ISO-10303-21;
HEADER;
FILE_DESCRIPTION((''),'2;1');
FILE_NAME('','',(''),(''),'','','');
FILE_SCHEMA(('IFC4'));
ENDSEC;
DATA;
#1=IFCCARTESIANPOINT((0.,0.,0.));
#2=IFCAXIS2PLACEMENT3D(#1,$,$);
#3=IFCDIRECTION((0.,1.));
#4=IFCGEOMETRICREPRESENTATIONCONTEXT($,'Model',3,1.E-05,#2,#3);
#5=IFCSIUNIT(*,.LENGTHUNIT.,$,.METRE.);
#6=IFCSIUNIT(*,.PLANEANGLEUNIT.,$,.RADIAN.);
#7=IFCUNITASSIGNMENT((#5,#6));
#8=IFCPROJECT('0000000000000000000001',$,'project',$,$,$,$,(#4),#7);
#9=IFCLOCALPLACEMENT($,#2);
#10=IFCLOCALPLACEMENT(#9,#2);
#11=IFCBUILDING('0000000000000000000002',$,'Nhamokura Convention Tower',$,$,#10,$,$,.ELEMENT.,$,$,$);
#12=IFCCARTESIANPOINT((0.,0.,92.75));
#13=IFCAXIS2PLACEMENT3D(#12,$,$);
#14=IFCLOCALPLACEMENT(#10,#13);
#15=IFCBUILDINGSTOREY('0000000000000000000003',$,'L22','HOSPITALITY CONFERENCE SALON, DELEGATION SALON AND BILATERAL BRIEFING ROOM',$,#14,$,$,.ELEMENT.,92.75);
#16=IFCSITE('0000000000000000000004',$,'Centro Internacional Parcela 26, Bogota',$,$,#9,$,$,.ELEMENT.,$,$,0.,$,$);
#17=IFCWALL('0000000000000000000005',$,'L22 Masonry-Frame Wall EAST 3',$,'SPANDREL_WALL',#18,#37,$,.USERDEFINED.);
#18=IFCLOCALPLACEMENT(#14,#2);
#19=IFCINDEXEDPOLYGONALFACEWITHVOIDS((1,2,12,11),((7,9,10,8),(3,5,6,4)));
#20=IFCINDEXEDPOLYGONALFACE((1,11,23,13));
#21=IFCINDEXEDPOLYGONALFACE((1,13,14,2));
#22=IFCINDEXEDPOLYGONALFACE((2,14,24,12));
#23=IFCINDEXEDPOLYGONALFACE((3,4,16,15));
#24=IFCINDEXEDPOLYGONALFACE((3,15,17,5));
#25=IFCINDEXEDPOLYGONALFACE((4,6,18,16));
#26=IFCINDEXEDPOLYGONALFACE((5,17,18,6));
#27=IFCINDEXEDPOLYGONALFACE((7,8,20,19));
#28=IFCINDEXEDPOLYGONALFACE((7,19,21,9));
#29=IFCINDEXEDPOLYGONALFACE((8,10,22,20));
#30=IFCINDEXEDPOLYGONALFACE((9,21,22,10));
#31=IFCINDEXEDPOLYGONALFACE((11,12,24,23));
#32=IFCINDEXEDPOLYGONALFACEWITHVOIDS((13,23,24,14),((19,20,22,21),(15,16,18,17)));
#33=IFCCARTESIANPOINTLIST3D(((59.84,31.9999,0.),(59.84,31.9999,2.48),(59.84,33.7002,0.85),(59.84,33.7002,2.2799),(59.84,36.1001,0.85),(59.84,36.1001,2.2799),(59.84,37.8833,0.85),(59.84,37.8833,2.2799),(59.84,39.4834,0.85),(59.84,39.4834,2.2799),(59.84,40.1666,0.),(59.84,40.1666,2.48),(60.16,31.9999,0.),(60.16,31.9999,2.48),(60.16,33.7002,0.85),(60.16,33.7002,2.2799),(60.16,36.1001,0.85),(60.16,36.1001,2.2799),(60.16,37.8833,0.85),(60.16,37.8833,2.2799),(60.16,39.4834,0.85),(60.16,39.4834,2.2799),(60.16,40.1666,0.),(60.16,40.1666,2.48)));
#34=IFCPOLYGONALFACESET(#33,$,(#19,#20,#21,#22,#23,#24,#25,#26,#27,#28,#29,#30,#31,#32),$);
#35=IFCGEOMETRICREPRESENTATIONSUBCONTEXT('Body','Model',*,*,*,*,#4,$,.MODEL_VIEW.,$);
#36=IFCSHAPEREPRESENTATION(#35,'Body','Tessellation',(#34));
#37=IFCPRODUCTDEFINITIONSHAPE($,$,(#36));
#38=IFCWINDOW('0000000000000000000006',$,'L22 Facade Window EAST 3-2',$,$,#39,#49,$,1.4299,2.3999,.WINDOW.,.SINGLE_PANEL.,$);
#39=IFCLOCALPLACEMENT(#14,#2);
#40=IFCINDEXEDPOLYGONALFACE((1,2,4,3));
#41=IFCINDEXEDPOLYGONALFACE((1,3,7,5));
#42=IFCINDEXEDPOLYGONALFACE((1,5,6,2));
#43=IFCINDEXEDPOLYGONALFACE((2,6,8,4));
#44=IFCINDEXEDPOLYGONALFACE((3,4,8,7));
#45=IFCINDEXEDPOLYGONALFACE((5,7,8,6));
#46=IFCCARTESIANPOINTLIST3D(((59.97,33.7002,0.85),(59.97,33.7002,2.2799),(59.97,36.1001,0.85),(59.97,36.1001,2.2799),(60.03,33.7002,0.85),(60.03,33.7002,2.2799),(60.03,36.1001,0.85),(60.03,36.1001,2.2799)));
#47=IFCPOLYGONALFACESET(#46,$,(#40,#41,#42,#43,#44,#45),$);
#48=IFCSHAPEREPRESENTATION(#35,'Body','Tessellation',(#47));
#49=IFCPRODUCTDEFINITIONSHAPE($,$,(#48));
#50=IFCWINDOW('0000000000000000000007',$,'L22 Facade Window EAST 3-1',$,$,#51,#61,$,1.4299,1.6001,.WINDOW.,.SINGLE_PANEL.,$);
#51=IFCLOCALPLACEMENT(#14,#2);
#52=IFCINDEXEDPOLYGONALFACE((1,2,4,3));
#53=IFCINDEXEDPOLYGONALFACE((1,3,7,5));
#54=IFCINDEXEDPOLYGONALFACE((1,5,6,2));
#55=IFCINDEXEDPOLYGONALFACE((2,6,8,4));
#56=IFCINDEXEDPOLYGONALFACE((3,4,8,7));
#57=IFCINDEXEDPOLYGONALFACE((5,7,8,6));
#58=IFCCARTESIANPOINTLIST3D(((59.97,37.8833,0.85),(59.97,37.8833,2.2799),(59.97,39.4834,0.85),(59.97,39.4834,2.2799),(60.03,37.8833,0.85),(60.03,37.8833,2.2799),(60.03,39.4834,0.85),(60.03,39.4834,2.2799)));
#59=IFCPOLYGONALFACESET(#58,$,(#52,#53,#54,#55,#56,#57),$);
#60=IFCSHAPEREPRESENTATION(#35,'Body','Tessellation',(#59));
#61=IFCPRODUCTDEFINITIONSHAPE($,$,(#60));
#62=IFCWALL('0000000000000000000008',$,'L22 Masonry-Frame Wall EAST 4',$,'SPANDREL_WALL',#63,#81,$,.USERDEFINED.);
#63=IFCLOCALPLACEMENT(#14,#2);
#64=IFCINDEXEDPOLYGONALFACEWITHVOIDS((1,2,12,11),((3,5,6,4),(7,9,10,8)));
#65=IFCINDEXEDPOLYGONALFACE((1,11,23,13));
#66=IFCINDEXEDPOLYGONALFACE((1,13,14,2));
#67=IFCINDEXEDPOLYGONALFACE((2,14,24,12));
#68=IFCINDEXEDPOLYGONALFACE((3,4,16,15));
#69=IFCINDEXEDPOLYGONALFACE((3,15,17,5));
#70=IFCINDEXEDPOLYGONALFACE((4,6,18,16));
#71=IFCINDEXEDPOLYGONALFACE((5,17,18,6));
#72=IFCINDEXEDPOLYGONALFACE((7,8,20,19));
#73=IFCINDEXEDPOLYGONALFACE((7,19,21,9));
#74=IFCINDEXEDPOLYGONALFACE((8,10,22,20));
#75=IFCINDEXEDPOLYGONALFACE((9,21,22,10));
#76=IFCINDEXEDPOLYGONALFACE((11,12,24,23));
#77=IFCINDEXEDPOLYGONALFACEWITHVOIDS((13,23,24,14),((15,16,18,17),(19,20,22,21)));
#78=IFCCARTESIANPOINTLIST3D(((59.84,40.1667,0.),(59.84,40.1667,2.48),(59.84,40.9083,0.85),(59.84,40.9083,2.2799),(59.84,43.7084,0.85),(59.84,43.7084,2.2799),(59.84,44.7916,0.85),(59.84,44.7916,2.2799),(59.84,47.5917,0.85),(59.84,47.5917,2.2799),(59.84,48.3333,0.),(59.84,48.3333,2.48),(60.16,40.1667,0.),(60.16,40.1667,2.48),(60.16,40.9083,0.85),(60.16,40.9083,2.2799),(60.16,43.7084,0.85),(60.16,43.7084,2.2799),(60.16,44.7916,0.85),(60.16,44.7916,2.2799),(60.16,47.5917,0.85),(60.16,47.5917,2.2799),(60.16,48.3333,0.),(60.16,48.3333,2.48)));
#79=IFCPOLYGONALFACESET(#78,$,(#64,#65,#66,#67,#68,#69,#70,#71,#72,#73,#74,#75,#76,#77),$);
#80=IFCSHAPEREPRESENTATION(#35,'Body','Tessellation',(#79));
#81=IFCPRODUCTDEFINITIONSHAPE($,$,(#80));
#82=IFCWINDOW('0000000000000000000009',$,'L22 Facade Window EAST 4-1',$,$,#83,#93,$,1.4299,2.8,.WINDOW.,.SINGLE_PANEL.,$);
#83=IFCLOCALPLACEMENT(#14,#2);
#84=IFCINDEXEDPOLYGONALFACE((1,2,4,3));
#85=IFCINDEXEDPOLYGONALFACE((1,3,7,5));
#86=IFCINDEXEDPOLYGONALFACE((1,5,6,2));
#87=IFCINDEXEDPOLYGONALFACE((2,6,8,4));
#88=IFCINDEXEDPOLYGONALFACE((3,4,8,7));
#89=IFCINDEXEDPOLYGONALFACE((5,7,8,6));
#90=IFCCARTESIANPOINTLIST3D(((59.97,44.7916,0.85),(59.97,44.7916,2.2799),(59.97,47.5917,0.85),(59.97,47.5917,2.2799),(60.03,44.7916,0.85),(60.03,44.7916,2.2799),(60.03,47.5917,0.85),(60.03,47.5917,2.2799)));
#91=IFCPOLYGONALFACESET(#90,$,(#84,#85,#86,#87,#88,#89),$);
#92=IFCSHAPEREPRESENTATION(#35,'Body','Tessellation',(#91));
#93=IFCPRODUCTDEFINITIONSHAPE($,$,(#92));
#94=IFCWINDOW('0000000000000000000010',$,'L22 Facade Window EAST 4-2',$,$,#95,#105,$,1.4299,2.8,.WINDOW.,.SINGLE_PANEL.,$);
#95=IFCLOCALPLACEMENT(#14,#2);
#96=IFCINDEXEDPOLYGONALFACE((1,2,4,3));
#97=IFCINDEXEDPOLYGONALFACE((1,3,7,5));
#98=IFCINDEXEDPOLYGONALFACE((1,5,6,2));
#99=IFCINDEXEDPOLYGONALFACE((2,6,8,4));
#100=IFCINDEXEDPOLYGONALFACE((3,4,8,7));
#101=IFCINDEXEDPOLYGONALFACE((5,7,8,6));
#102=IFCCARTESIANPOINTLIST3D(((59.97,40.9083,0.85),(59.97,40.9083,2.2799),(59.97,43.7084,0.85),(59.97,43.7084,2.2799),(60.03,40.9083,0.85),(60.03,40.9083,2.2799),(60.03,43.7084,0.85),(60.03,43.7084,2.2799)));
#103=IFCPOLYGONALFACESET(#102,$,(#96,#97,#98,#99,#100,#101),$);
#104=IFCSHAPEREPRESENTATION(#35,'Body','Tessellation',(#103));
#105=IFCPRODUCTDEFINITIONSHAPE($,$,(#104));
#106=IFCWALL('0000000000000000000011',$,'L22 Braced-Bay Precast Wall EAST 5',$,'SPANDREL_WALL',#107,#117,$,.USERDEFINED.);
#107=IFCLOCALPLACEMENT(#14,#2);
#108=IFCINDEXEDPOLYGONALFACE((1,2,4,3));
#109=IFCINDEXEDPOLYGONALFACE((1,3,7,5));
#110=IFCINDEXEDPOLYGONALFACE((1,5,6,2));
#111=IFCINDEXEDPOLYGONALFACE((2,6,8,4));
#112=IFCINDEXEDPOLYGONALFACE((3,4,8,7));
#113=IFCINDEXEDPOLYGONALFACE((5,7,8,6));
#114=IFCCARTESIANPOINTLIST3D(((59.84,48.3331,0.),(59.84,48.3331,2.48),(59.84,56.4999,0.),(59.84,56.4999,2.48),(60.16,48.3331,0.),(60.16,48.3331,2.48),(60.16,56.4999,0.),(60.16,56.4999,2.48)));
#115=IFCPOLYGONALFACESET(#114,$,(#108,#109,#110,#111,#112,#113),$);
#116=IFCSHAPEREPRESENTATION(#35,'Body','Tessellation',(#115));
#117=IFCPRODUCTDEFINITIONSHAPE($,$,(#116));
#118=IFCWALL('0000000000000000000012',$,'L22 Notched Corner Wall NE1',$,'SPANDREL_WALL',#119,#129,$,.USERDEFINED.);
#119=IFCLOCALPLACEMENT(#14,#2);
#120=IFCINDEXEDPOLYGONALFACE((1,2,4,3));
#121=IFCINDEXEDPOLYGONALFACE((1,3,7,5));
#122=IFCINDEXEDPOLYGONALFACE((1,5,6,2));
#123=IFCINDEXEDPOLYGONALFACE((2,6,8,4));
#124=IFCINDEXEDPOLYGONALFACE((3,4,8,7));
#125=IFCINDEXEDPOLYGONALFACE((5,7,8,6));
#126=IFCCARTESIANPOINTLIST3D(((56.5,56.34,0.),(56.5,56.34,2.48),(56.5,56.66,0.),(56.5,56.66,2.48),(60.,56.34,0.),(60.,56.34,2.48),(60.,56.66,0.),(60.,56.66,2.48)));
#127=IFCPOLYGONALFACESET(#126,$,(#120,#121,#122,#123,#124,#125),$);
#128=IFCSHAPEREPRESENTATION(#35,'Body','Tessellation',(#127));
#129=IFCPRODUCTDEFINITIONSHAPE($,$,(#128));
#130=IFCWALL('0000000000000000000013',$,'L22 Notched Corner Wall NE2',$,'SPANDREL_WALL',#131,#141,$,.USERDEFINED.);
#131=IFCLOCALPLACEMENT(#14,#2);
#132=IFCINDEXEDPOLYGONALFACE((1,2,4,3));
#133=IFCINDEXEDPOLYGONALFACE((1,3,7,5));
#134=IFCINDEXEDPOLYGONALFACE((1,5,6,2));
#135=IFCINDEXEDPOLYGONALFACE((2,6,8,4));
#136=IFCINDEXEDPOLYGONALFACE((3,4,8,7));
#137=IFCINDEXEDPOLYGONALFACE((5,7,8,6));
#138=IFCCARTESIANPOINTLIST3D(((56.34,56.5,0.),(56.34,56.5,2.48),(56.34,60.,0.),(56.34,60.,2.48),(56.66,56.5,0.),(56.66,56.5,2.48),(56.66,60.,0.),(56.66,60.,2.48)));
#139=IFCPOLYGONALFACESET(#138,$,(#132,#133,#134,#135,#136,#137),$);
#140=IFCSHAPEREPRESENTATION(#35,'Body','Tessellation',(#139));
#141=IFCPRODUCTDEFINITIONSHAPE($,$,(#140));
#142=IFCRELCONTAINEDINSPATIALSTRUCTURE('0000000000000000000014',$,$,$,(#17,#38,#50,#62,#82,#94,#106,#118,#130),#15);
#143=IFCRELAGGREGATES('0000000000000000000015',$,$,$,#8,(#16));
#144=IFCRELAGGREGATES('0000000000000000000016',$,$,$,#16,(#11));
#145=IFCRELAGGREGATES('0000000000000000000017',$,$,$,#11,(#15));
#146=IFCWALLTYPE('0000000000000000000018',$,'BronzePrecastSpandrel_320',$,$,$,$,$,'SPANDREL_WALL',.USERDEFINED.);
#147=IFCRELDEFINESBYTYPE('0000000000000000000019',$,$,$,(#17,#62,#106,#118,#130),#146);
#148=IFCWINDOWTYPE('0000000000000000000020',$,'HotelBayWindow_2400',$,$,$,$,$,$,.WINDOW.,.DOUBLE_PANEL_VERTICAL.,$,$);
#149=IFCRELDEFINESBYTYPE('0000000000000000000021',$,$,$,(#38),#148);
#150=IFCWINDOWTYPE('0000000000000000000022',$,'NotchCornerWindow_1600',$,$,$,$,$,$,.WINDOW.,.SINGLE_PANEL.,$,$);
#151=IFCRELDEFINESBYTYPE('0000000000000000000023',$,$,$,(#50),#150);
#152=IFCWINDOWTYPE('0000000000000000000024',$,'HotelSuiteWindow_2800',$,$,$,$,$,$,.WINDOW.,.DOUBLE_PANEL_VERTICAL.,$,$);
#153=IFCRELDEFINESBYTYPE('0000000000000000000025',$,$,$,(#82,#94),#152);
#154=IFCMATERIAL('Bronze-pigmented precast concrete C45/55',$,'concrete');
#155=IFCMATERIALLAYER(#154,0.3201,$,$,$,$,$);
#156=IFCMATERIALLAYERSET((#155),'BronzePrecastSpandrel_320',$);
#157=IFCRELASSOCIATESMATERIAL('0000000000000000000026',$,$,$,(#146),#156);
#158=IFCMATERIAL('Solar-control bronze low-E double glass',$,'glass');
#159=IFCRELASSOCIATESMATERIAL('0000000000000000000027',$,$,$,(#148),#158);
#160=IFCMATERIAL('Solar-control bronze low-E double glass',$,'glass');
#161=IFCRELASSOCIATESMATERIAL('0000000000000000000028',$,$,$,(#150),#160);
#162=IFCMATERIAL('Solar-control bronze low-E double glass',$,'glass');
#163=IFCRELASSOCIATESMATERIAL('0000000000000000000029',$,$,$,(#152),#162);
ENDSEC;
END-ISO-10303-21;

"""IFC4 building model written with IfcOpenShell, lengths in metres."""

from ifc_helpers import new_model, si_unit, direction, frame, frame_2d, origin, place, context, subcontext, project, spatial, rectangle, extrude, material, layer, layer_set, type_object, element, fill, save


model = new_model("IFC4")

# Units and contexts
model_context = context("Model", 3, precision=1e-05, world=origin(), true_north=direction((0.0, 1.0)))
body_context = subcontext(model_context, "Body", "Model", "MODEL_VIEW")
ifc_project = project(units=[si_unit("LENGTHUNIT", "METRE"), si_unit("PLANEANGLEUNIT", "RADIAN")], contexts=[model_context])

# Site, building, storey
site_placement = place(None, origin())
site = spatial("IfcSite", under=ifc_project, at=site_placement, Name="Centro Internacional Parcela 26, Bogota", CompositionType="ELEMENT", RefElevation=0.0)
building_placement = place(site_placement, origin())
building = spatial("IfcBuilding", under=site, at=building_placement, Name="Nhamokura Convention Tower", CompositionType="ELEMENT")
storey_placement = place(building_placement, frame((0.0, 0.0, 92.75)))
storey = spatial("IfcBuildingStorey", under=building, at=storey_placement, Name="L22", Description="HOSPITALITY CONFERENCE SALON, DELEGATION SALON AND BILATERAL BRIEFING ROOM", CompositionType="ELEMENT", Elevation=92.75)

# Shared definitions
ifc_material_1 = material(Name="Bronze-pigmented precast concrete C45/55", Category="concrete")
ifc_layer = layer(ifc_material_1, 0.3201)
ifc_layer_set = layer_set([ifc_layer], Name="BronzePrecastSpandrel_320")
wall_type = type_object("IfcWallType", Name="BronzePrecastSpandrel_320", ElementType="SPANDREL_WALL", PredefinedType="USERDEFINED", material=ifc_layer_set)

# Walls, openings, windows
wall_1_placement = place(storey_placement, frame((60.0, 40.1667, 0.0), z_axis=(0.0, 0.0, 1.0), x_axis=(0.0, -1.0, 0.0)))
wall_1 = element("IfcWall", 1, at=wall_1_placement, inside=storey, type_object=wall_type, Name="L22 Masonry-Frame Wall EAST 3", ObjectType="SPANDREL_WALL", PredefinedType="USERDEFINED", context=body_context, shape_type="SweptSolid", body=[
    extrude(rectangle(XDim=8.1667, YDim=0.3201, at=frame_2d((4.0835, 0.0))), origin(), (0.0, 0.0, 1.0), 2.48),
])
opening_1_placement = place(wall_1_placement, frame((0.6833, 0.0, 0.8501)))
opening_1 = element("IfcOpeningElement", 2, at=opening_1_placement, cuts=wall_1, PredefinedType="OPENING", context=body_context, shape_type="SweptSolid", body=[
    extrude(rectangle(XDim=1.6001, YDim=1.4299, at=frame_2d((0.8, 0.7148))), frame((0.0, 0.1699, 0.0), z_axis=(0.0, -1.0, 0.0), x_axis=(1.0, 0.0, 0.0)), (0.0, 0.0, 1.0), 0.3401),
])
opening_2_placement = place(wall_1_placement, frame((4.0667, 0.0, 0.8501)))
opening_2 = element("IfcOpeningElement", 3, at=opening_2_placement, cuts=wall_1, PredefinedType="OPENING", context=body_context, shape_type="SweptSolid", body=[
    extrude(rectangle(XDim=2.3999, YDim=1.4299, at=frame_2d((1.2, 0.7148))), frame((0.0, 0.1699, 0.0), z_axis=(0.0, -1.0, 0.0), x_axis=(1.0, 0.0, 0.0)), (0.0, 0.0, 1.0), 0.3401),
])
ifc_material_2 = material(Name="Solar-control bronze low-E double glass", Category="glass")
window_type_1 = type_object("IfcWindowType", Name="HotelBayWindow_2400", PartitioningType="DOUBLE_PANEL_VERTICAL", PredefinedType="WINDOW", material=ifc_material_2)
window_1_placement = place(opening_2_placement, origin())
window_1 = element("IfcWindow", 4, at=window_1_placement, inside=storey, type_object=window_type_1, Name="L22 Facade Window EAST 3-2", OverallHeight=1.4299, OverallWidth=2.3999, PartitioningType="SINGLE_PANEL", PredefinedType="WINDOW", context=body_context, shape_type="SweptSolid", body=[
    extrude(rectangle(XDim=2.3999, YDim=1.4299, at=frame_2d((1.2, 0.7148))), frame((0.0, 0.03, 0.0), z_axis=(0.0, -1.0, 0.0), x_axis=(1.0, 0.0, 0.0)), (0.0, 0.0, 1.0), 0.0601),
])
fill(opening_2, window_1)
ifc_material_3 = material(Name="Solar-control bronze low-E double glass", Category="glass")
window_type_2 = type_object("IfcWindowType", Name="NotchCornerWindow_1600", PartitioningType="SINGLE_PANEL", PredefinedType="WINDOW", material=ifc_material_3)
window_2_placement = place(opening_1_placement, origin())
window_2 = element("IfcWindow", 5, at=window_2_placement, inside=storey, type_object=window_type_2, Name="L22 Facade Window EAST 3-1", OverallHeight=1.4299, OverallWidth=1.6001, PartitioningType="SINGLE_PANEL", PredefinedType="WINDOW", context=body_context, shape_type="SweptSolid", body=[
    extrude(rectangle(XDim=1.6001, YDim=1.4299, at=frame_2d((0.8, 0.7148))), frame((0.0, 0.03, 0.0), z_axis=(0.0, -1.0, 0.0), x_axis=(1.0, 0.0, 0.0)), (0.0, 0.0, 1.0), 0.0601),
])
fill(opening_1, window_2)
wall_2_placement = place(storey_placement, frame((60.0, 48.3333, 0.0), z_axis=(0.0, 0.0, 1.0), x_axis=(0.0, -1.0, 0.0)))
wall_2 = element("IfcWall", 6, at=wall_2_placement, inside=storey, type_object=wall_type, Name="L22 Masonry-Frame Wall EAST 4", ObjectType="SPANDREL_WALL", PredefinedType="USERDEFINED", context=body_context, shape_type="SweptSolid", body=[
    extrude(rectangle(XDim=8.1665, YDim=0.3201, at=frame_2d((4.0833, 0.0))), origin(), (0.0, 0.0, 1.0), 2.48),
])
opening_3_placement = place(wall_2_placement, frame((0.7417, 0.0, 0.8501)))
opening_3 = element("IfcOpeningElement", 7, at=opening_3_placement, cuts=wall_2, PredefinedType="OPENING", context=body_context, shape_type="SweptSolid", body=[
    extrude(rectangle(XDim=2.8, YDim=1.4299, at=frame_2d((1.3999, 0.7148))), frame((0.0, 0.1699, 0.0), z_axis=(0.0, -1.0, 0.0), x_axis=(1.0, 0.0, 0.0)), (0.0, 0.0, 1.0), 0.3401),
])
opening_4_placement = place(wall_2_placement, frame((4.625, 0.0, 0.8501)))
opening_4 = element("IfcOpeningElement", 8, at=opening_4_placement, cuts=wall_2, PredefinedType="OPENING", context=body_context, shape_type="SweptSolid", body=[
    extrude(rectangle(XDim=2.8, YDim=1.4299, at=frame_2d((1.3999, 0.7148))), frame((0.0, 0.1699, 0.0), z_axis=(0.0, -1.0, 0.0), x_axis=(1.0, 0.0, 0.0)), (0.0, 0.0, 1.0), 0.3401),
])
ifc_material_4 = material(Name="Solar-control bronze low-E double glass", Category="glass")
window_type_3 = type_object("IfcWindowType", Name="HotelSuiteWindow_2800", PartitioningType="DOUBLE_PANEL_VERTICAL", PredefinedType="WINDOW", material=ifc_material_4)
window_3_placement = place(opening_3_placement, origin())
window_3 = element("IfcWindow", 9, at=window_3_placement, inside=storey, type_object=window_type_3, Name="L22 Facade Window EAST 4-1", OverallHeight=1.4299, OverallWidth=2.8, PartitioningType="SINGLE_PANEL", PredefinedType="WINDOW", context=body_context, shape_type="SweptSolid", body=[
    extrude(rectangle(XDim=2.8, YDim=1.4299, at=frame_2d((1.3999, 0.7148))), frame((0.0, 0.03, 0.0), z_axis=(0.0, -1.0, 0.0), x_axis=(1.0, 0.0, 0.0)), (0.0, 0.0, 1.0), 0.0601),
])
fill(opening_3, window_3)
window_4_placement = place(opening_4_placement, origin())
window_4 = element("IfcWindow", 10, at=window_4_placement, inside=storey, type_object=window_type_3, Name="L22 Facade Window EAST 4-2", OverallHeight=1.4299, OverallWidth=2.8, PartitioningType="SINGLE_PANEL", PredefinedType="WINDOW", context=body_context, shape_type="SweptSolid", body=[
    extrude(rectangle(XDim=2.8, YDim=1.4299, at=frame_2d((1.3999, 0.7148))), frame((0.0, 0.03, 0.0), z_axis=(0.0, -1.0, 0.0), x_axis=(1.0, 0.0, 0.0)), (0.0, 0.0, 1.0), 0.0601),
])
fill(opening_4, window_4)

# Walls
wall_3_placement = place(storey_placement, frame((60.0, 56.5, 0.0), z_axis=(0.0, 0.0, 1.0), x_axis=(0.0, -1.0, 0.0)))
element("IfcWall", 11, at=wall_3_placement, inside=storey, type_object=wall_type, Name="L22 Braced-Bay Precast Wall EAST 5", ObjectType="SPANDREL_WALL", PredefinedType="USERDEFINED", context=body_context, shape_type="SweptSolid", body=[
    extrude(rectangle(XDim=8.1667, YDim=0.3201, at=frame_2d((4.0835, 0.0))), origin(), (0.0, 0.0, 1.0), 2.48),
])
for number, where, z_axis, x_axis, name in (
    (12, (56.5, 56.5, 0.0), (0.0, 0.0, 1.0), (1.0, 0.0, 0.0), "L22 Notched Corner Wall NE1"),
    (13, (56.5, 60.0, 0.0), (0.0, 0.0, 1.0), (0.0, -1.0, 0.0), "L22 Notched Corner Wall NE2"),
):
    element("IfcWall", number, at=place(storey_placement, frame(where, z_axis=z_axis, x_axis=x_axis)), inside=storey, type_object=wall_type, Name=name, ObjectType="SPANDREL_WALL", PredefinedType="USERDEFINED", context=body_context, shape_type="SweptSolid", body=[
        extrude(rectangle(XDim=3.5, YDim=0.3201, at=frame_2d((1.75, 0.0))), origin(), (0.0, 0.0, 1.0), 2.48),
    ])

save(model, "model.ifc")
